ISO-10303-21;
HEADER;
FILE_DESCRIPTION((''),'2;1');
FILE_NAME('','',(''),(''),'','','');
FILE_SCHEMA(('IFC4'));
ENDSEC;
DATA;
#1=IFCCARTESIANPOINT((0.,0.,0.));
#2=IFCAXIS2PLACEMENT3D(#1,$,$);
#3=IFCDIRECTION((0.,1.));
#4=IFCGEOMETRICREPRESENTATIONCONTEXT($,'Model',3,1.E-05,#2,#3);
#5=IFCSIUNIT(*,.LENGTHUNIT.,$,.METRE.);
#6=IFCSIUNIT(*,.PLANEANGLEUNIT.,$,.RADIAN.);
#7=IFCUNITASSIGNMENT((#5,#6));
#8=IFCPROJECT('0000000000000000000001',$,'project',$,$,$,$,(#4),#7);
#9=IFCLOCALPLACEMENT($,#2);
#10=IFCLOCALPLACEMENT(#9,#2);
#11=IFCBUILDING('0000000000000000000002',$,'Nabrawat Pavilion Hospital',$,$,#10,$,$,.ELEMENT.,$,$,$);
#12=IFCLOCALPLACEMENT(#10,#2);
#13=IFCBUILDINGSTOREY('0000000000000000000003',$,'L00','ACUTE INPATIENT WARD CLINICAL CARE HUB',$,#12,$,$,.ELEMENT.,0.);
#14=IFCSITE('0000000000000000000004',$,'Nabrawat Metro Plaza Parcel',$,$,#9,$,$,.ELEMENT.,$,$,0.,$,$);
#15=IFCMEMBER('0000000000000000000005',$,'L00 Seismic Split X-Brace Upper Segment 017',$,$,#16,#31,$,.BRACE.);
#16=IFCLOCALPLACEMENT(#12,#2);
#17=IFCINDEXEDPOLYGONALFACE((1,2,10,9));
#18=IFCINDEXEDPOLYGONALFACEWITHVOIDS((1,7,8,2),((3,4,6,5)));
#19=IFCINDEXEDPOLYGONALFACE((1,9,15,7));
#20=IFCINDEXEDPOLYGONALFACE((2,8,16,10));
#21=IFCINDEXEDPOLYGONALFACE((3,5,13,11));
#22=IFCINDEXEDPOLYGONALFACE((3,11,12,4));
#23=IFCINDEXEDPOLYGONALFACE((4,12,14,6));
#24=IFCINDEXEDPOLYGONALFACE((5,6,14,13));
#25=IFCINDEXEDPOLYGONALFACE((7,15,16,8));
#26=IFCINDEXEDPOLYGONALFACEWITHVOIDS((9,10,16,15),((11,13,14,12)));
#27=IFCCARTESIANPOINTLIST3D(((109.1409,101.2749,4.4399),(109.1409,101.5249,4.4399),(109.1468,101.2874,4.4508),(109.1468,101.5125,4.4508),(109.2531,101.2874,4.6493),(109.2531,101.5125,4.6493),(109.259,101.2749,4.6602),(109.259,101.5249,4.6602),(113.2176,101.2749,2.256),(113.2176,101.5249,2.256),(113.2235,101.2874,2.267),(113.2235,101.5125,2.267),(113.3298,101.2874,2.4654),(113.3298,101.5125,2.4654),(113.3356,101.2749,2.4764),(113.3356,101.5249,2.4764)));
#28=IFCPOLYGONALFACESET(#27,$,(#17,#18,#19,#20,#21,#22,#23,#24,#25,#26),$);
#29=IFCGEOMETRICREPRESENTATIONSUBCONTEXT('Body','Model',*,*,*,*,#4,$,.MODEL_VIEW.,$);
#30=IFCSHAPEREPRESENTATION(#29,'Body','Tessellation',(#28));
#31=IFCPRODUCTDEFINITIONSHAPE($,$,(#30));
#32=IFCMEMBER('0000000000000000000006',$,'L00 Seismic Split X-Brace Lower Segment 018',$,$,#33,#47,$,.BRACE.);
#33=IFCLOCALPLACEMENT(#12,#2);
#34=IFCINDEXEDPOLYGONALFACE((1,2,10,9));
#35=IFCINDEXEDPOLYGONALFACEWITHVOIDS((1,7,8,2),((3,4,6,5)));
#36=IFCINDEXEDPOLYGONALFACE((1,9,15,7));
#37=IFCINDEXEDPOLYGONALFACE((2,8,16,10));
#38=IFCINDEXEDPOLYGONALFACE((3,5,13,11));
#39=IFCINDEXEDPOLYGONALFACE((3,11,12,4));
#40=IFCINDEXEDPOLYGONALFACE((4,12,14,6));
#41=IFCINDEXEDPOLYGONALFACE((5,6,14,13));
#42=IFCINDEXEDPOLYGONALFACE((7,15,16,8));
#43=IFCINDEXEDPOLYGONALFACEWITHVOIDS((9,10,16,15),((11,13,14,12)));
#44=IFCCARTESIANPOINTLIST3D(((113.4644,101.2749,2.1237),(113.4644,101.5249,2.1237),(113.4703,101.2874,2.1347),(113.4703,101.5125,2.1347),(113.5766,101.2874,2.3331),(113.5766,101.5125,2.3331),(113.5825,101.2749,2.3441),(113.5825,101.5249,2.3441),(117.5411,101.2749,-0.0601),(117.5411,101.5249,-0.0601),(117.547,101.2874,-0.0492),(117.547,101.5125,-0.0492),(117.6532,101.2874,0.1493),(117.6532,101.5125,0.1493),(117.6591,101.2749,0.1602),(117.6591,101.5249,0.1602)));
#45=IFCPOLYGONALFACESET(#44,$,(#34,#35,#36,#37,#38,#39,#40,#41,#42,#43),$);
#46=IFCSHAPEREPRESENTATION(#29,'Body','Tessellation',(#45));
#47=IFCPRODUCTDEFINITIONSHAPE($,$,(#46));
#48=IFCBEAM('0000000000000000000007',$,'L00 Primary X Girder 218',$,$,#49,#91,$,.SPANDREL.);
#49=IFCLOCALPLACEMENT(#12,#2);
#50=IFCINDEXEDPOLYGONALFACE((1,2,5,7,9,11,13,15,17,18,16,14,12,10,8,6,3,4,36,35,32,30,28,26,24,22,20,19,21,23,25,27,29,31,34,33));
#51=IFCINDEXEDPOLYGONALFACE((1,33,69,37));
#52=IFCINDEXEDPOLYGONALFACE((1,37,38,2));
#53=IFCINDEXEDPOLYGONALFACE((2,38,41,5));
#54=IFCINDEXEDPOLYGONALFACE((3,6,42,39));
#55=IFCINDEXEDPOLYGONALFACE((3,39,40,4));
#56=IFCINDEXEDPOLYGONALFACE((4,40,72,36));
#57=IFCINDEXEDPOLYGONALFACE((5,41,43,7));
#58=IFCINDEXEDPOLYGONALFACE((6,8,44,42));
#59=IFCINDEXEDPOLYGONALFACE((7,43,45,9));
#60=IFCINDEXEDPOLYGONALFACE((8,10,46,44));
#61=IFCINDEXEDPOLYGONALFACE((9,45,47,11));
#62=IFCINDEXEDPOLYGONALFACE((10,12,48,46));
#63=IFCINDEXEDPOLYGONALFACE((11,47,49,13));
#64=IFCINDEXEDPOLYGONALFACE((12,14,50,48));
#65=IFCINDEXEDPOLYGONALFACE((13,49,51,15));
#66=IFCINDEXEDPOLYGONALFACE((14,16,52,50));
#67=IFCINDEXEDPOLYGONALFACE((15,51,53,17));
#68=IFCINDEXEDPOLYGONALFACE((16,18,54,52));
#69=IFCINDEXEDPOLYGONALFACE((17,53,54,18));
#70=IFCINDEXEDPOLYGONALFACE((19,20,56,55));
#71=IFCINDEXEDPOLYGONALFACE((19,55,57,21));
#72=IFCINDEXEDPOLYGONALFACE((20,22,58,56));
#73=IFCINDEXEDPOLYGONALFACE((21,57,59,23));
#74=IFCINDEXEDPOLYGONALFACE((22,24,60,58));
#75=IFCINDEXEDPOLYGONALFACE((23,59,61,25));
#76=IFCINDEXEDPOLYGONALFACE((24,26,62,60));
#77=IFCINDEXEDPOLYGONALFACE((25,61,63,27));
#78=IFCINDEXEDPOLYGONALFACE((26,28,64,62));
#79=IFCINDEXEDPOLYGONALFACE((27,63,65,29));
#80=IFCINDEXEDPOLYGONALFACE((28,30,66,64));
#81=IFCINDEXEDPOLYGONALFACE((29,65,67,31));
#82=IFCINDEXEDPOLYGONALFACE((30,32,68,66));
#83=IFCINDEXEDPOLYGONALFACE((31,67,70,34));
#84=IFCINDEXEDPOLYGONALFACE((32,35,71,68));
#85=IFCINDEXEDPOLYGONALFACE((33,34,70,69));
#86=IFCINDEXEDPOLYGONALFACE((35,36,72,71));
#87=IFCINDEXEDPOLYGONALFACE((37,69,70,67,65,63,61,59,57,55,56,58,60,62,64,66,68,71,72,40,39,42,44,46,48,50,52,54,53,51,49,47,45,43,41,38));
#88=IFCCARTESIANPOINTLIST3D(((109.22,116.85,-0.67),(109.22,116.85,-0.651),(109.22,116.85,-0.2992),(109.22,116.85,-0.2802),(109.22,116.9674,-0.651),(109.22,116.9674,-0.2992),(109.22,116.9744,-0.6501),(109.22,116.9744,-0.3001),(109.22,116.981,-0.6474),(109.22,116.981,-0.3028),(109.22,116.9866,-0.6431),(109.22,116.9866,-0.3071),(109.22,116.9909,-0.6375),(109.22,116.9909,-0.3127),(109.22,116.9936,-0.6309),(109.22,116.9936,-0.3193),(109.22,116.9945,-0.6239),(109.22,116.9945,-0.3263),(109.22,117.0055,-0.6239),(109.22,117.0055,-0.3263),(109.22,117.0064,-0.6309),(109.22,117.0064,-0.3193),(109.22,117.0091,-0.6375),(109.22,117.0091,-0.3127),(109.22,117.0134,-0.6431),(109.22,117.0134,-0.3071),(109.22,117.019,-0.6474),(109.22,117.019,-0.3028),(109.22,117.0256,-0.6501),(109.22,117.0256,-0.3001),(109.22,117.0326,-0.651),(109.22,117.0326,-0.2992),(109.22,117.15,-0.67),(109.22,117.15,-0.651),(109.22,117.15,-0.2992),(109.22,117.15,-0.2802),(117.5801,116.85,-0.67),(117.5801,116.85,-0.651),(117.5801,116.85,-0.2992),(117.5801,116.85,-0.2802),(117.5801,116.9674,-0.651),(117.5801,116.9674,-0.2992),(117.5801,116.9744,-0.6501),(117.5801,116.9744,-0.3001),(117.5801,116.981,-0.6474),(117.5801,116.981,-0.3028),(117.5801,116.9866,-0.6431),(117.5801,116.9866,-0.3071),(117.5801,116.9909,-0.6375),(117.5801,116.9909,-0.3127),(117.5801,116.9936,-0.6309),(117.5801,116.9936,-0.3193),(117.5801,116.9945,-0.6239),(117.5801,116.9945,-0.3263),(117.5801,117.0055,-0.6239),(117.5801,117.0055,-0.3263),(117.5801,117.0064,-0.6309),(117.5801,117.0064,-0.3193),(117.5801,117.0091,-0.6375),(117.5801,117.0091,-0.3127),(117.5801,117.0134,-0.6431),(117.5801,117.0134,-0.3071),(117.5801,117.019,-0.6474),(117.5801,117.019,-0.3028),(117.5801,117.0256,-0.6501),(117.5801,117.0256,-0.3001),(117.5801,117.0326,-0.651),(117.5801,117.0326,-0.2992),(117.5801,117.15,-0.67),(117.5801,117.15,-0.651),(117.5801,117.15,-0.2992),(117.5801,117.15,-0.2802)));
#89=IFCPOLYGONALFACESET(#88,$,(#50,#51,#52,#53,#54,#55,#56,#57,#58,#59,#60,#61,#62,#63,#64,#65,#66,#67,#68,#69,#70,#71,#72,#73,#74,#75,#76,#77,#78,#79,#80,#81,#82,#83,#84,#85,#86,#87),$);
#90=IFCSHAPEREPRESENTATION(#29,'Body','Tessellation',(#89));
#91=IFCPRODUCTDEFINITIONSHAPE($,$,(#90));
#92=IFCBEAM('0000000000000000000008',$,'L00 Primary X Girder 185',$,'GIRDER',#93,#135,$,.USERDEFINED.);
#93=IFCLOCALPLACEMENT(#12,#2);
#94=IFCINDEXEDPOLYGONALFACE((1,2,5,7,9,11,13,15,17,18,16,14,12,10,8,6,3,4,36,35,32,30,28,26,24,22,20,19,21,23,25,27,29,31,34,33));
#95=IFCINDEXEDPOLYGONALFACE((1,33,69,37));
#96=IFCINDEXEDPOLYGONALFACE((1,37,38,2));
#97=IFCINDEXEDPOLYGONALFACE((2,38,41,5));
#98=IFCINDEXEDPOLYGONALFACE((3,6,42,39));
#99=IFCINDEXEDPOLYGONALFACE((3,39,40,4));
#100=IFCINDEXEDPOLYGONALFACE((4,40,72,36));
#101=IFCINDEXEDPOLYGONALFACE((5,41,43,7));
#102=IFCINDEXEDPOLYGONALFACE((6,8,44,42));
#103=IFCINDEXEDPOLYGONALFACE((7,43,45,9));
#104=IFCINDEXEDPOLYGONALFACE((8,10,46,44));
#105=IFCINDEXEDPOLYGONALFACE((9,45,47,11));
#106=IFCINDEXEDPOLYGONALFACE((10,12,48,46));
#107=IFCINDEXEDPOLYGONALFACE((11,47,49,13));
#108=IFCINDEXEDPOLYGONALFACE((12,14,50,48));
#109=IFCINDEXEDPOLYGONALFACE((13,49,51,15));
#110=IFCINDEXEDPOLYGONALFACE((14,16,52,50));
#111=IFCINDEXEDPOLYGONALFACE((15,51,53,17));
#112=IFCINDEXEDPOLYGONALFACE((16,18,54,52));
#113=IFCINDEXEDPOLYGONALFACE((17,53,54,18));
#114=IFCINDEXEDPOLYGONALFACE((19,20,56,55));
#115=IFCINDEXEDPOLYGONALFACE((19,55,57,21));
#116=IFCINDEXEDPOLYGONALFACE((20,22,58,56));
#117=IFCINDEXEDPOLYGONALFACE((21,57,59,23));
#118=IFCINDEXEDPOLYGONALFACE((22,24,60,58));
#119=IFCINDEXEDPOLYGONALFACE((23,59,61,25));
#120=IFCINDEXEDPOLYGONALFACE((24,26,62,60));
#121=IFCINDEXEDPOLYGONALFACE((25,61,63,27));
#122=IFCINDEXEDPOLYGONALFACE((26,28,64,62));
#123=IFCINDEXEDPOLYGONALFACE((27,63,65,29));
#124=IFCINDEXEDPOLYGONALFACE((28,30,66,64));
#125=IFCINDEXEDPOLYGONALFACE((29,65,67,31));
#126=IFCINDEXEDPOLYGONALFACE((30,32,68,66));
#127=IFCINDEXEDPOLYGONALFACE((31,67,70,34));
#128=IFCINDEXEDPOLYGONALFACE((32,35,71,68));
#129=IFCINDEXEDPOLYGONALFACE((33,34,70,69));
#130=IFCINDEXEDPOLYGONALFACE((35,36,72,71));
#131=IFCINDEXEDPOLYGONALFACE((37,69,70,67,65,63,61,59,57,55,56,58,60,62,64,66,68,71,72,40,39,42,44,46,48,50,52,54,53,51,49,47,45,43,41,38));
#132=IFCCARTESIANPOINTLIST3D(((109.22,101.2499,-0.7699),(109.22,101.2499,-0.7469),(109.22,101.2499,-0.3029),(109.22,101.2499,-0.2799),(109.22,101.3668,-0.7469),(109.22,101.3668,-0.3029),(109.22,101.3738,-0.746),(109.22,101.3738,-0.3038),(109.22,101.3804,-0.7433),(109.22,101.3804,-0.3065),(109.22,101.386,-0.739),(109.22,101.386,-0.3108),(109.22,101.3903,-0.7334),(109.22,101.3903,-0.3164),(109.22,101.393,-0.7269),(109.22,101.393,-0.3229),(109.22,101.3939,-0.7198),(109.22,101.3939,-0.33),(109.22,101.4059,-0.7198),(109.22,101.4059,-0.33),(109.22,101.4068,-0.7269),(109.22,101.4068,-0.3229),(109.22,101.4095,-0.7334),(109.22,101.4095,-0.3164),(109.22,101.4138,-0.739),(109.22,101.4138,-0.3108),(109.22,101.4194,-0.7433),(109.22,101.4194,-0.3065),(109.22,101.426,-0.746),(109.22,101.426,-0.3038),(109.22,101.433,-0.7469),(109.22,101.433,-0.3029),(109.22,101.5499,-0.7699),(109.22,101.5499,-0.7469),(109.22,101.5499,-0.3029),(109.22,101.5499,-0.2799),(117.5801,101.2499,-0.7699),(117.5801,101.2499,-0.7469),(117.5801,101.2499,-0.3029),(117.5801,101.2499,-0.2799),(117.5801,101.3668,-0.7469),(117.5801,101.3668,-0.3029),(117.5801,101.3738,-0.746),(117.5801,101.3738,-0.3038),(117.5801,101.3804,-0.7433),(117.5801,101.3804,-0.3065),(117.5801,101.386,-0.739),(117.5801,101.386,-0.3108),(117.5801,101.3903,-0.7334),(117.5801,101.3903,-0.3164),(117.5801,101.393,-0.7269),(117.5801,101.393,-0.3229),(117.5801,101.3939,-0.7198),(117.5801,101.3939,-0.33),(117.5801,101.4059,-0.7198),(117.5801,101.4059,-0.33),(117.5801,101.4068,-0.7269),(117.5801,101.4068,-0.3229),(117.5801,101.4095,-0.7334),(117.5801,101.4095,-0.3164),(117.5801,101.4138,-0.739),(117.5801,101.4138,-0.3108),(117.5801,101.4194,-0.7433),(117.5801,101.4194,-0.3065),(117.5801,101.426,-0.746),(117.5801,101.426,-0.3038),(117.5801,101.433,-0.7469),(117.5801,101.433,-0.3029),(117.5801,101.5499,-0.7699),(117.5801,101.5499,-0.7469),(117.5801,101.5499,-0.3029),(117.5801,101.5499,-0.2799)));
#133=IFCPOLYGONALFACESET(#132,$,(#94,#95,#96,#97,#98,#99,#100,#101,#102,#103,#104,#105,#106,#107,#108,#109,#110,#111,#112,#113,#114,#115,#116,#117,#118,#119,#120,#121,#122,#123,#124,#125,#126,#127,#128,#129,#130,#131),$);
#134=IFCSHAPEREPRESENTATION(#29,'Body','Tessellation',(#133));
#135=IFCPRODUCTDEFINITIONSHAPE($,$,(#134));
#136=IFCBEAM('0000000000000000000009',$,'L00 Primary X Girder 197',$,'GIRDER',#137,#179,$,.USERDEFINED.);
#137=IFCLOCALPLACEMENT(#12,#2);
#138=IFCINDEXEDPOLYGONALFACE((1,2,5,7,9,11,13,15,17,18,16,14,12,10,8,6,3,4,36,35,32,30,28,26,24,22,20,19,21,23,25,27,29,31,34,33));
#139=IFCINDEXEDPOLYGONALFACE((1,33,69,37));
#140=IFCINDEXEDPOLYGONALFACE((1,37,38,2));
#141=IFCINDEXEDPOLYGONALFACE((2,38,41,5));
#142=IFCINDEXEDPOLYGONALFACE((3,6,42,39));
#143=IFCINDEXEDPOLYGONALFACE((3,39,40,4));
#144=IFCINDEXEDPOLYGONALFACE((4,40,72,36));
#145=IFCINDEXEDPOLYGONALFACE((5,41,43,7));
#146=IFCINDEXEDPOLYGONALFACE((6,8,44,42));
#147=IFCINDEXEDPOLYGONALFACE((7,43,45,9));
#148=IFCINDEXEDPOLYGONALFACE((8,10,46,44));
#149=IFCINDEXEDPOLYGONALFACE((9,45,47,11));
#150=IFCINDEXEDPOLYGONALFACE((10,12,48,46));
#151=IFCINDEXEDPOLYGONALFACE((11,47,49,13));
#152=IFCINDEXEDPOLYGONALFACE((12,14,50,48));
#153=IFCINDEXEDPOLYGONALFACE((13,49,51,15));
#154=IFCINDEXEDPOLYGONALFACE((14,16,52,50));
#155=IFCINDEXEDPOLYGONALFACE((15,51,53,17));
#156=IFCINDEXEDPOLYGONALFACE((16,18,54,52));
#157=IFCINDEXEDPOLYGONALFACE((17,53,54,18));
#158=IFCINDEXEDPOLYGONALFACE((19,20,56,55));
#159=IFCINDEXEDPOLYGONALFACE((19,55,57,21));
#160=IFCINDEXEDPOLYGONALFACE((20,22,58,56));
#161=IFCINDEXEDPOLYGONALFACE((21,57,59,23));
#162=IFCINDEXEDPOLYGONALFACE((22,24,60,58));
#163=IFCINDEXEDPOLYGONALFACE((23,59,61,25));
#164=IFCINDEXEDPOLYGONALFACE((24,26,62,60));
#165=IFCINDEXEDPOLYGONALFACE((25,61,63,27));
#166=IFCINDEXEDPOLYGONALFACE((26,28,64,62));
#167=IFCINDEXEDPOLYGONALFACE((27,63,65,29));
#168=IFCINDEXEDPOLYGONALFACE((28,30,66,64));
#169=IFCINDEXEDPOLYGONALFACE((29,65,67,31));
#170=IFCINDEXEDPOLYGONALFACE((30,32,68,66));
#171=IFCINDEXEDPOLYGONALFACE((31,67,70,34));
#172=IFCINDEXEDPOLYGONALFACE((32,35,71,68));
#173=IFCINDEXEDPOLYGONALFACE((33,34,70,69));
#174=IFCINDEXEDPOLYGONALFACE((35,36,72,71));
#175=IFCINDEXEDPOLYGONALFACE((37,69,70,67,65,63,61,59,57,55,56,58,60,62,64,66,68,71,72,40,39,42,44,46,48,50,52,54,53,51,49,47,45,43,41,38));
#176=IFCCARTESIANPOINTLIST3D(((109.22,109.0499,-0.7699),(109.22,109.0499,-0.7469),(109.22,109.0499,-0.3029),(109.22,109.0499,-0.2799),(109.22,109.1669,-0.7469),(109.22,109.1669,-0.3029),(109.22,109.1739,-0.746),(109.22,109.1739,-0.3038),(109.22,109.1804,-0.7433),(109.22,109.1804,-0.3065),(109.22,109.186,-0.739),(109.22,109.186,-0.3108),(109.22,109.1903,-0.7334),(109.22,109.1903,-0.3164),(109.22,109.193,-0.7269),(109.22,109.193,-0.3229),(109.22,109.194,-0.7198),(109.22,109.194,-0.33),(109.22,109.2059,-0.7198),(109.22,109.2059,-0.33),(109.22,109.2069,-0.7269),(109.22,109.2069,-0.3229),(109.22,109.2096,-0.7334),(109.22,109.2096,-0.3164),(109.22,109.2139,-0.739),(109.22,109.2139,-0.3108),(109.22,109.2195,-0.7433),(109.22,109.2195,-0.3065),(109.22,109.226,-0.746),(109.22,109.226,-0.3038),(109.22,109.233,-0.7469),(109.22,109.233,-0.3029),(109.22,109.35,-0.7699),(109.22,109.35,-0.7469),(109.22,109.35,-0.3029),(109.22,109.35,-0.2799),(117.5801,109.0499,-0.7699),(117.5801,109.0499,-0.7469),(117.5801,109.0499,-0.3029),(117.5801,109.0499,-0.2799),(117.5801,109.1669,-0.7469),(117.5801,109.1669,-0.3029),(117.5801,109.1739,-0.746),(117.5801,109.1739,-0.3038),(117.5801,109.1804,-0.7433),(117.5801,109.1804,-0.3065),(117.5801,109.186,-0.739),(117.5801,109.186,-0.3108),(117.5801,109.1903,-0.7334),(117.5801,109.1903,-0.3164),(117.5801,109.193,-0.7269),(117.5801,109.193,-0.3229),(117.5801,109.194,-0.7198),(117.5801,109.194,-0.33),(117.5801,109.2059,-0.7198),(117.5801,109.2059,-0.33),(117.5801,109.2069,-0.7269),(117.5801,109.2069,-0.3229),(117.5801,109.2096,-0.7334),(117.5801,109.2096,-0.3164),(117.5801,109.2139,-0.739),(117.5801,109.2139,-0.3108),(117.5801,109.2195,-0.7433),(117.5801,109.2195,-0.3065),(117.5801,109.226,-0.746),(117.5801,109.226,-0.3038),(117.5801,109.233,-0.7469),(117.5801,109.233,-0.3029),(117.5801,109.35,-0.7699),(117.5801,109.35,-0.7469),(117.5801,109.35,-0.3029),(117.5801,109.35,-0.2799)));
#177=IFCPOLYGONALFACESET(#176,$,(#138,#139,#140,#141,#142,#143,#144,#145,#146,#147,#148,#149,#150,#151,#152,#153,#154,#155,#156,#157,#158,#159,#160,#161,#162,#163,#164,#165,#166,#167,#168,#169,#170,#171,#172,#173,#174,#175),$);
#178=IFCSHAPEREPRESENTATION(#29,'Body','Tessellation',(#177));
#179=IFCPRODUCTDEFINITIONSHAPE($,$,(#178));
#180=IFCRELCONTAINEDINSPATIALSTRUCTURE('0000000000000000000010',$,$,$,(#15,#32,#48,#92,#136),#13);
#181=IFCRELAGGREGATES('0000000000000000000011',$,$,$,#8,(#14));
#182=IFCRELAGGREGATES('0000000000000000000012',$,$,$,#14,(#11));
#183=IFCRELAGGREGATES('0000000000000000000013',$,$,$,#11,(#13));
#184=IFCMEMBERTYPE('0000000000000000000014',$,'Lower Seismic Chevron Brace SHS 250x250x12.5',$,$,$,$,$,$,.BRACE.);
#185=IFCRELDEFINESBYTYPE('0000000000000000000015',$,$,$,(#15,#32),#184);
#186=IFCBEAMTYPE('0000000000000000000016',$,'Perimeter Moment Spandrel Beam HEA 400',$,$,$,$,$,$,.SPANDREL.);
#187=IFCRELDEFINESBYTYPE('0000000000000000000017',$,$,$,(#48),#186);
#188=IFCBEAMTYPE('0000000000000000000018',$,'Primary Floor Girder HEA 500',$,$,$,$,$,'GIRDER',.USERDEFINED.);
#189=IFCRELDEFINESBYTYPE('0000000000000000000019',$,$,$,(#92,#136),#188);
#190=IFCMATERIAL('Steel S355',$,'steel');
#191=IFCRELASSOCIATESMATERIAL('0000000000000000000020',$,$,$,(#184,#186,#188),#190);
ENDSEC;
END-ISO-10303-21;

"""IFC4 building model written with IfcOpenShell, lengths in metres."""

from ifc_helpers import new_model, si_unit, direction, frame, origin, origin_2d, place, context, subcontext, project, spatial, hollow_rectangle, i_section, extrude, material, material_profile, profile_set, type_object, element, save


model = new_model("IFC4")

# Units and contexts
model_context = context("Model", 3, precision=1e-05, world=origin(), true_north=direction((0.0, 1.0)))
body_context = subcontext(model_context, "Body", "Model", "MODEL_VIEW")
ifc_project = project(units=[si_unit("LENGTHUNIT", "METRE"), si_unit("PLANEANGLEUNIT", "RADIAN")], contexts=[model_context])

# Site, building, storey
site_placement = place(None, origin())
site = spatial("IfcSite", under=ifc_project, at=site_placement, Name="Nabrawat Metro Plaza Parcel", CompositionType="ELEMENT", RefElevation=0.0)
building_placement = place(site_placement, origin())
building = spatial("IfcBuilding", under=site, at=building_placement, Name="Nabrawat Pavilion Hospital", CompositionType="ELEMENT")
storey_placement = place(building_placement, origin())
storey = spatial("IfcBuildingStorey", under=building, at=storey_placement, Name="L00", Description="ACUTE INPATIENT WARD CLINICAL CARE HUB", CompositionType="ELEMENT", Elevation=0.0)

# Shared definitions
ifc_material_1 = material(Name="Steel S355", Category="steel")

# Members
ifc_material_profile_1 = material_profile(ifc_material_1, hollow_rectangle(XDim=0.25, YDim=0.25, WallThickness=0.0125, at=origin_2d()), Name="SHS 250x250x12.5")
ifc_profile_set_1 = profile_set([ifc_material_profile_1], Name="Steel S355")
member_type = type_object("IfcMemberType", Name="Lower Seismic Chevron Brace SHS 250x250x12.5", PredefinedType="BRACE", material=ifc_profile_set_1)
for number, where, z_axis, x_axis, name in (
    (1, (109.2, 101.3999, 4.55), (0.881488, 0.0, -0.472207), (0.0, 1.0, 0.0), "L00 Seismic Split X-Brace Upper Segment 017"),
    (2, (113.5234, 101.3999, 2.2339), (0.881488, 0.0, -0.472207), (0.0, 1.0, 0.0), "L00 Seismic Split X-Brace Lower Segment 018"),
):
    element("IfcMember", number, at=place(storey_placement, frame(where, z_axis=z_axis, x_axis=x_axis)), inside=storey, type_object=member_type, Name=name, PredefinedType="BRACE", context=body_context, shape_type="SweptSolid", body=[
        extrude(hollow_rectangle(XDim=0.25, YDim=0.25, WallThickness=0.0125, at=origin_2d()), origin(), (0.0, 0.0, 1.0), 4.6248),
    ])

# Beams
ifc_material_profile_2 = material_profile(ifc_material_1, i_section(OverallWidth=0.3, OverallDepth=0.3899, WebThickness=0.011, FlangeThickness=0.019, FilletRadius=0.0271, at=origin_2d()), Name="HEA 400")
ifc_profile_set_2 = profile_set([ifc_material_profile_2], Name="Steel S355")
beam_type_1 = type_object("IfcBeamType", Name="Perimeter Moment Spandrel Beam HEA 400", PredefinedType="SPANDREL", material=ifc_profile_set_2)
beam_1_placement = place(storey_placement, frame((109.22, 117.0, -0.4751), z_axis=(1.0, 0.0, 0.0), x_axis=(0.0, 1.0, 0.0)))
element("IfcBeam", 3, at=beam_1_placement, inside=storey, type_object=beam_type_1, Name="L00 Primary X Girder 218", PredefinedType="SPANDREL", context=body_context, shape_type="SweptSolid", body=[
    extrude(i_section(OverallWidth=0.3, OverallDepth=0.3899, WebThickness=0.011, FlangeThickness=0.019, FilletRadius=0.0271, at=origin_2d()), origin(), (0.0, 0.0, 1.0), 8.3601),
])
ifc_material_profile_3 = material_profile(ifc_material_1, i_section(OverallWidth=0.3, OverallDepth=0.49, WebThickness=0.012, FlangeThickness=0.0229, FilletRadius=0.0271, at=origin_2d()), Name="HEA 500")
ifc_profile_set_3 = profile_set([ifc_material_profile_3], Name="Steel S355")
beam_type_2 = type_object("IfcBeamType", Name="Primary Floor Girder HEA 500", ElementType="GIRDER", PredefinedType="USERDEFINED", material=ifc_profile_set_3)
for number, where, z_axis, x_axis, name in (
    (4, (109.22, 101.3999, -0.5249), (1.0, 0.0, 0.0), (0.0, 1.0, 0.0), "L00 Primary X Girder 185"),
    (5, (109.22, 109.2, -0.5249), (1.0, 0.0, 0.0), (0.0, 1.0, 0.0), "L00 Primary X Girder 197"),
):
    element("IfcBeam", number, at=place(storey_placement, frame(where, z_axis=z_axis, x_axis=x_axis)), inside=storey, type_object=beam_type_2, Name=name, ObjectType="GIRDER", PredefinedType="USERDEFINED", context=body_context, shape_type="SweptSolid", body=[
        extrude(i_section(OverallWidth=0.3, OverallDepth=0.49, WebThickness=0.012, FlangeThickness=0.0229, FilletRadius=0.0271, at=origin_2d()), origin(), (0.0, 0.0, 1.0), 8.3601),
    ])

save(model, "model.ifc")
